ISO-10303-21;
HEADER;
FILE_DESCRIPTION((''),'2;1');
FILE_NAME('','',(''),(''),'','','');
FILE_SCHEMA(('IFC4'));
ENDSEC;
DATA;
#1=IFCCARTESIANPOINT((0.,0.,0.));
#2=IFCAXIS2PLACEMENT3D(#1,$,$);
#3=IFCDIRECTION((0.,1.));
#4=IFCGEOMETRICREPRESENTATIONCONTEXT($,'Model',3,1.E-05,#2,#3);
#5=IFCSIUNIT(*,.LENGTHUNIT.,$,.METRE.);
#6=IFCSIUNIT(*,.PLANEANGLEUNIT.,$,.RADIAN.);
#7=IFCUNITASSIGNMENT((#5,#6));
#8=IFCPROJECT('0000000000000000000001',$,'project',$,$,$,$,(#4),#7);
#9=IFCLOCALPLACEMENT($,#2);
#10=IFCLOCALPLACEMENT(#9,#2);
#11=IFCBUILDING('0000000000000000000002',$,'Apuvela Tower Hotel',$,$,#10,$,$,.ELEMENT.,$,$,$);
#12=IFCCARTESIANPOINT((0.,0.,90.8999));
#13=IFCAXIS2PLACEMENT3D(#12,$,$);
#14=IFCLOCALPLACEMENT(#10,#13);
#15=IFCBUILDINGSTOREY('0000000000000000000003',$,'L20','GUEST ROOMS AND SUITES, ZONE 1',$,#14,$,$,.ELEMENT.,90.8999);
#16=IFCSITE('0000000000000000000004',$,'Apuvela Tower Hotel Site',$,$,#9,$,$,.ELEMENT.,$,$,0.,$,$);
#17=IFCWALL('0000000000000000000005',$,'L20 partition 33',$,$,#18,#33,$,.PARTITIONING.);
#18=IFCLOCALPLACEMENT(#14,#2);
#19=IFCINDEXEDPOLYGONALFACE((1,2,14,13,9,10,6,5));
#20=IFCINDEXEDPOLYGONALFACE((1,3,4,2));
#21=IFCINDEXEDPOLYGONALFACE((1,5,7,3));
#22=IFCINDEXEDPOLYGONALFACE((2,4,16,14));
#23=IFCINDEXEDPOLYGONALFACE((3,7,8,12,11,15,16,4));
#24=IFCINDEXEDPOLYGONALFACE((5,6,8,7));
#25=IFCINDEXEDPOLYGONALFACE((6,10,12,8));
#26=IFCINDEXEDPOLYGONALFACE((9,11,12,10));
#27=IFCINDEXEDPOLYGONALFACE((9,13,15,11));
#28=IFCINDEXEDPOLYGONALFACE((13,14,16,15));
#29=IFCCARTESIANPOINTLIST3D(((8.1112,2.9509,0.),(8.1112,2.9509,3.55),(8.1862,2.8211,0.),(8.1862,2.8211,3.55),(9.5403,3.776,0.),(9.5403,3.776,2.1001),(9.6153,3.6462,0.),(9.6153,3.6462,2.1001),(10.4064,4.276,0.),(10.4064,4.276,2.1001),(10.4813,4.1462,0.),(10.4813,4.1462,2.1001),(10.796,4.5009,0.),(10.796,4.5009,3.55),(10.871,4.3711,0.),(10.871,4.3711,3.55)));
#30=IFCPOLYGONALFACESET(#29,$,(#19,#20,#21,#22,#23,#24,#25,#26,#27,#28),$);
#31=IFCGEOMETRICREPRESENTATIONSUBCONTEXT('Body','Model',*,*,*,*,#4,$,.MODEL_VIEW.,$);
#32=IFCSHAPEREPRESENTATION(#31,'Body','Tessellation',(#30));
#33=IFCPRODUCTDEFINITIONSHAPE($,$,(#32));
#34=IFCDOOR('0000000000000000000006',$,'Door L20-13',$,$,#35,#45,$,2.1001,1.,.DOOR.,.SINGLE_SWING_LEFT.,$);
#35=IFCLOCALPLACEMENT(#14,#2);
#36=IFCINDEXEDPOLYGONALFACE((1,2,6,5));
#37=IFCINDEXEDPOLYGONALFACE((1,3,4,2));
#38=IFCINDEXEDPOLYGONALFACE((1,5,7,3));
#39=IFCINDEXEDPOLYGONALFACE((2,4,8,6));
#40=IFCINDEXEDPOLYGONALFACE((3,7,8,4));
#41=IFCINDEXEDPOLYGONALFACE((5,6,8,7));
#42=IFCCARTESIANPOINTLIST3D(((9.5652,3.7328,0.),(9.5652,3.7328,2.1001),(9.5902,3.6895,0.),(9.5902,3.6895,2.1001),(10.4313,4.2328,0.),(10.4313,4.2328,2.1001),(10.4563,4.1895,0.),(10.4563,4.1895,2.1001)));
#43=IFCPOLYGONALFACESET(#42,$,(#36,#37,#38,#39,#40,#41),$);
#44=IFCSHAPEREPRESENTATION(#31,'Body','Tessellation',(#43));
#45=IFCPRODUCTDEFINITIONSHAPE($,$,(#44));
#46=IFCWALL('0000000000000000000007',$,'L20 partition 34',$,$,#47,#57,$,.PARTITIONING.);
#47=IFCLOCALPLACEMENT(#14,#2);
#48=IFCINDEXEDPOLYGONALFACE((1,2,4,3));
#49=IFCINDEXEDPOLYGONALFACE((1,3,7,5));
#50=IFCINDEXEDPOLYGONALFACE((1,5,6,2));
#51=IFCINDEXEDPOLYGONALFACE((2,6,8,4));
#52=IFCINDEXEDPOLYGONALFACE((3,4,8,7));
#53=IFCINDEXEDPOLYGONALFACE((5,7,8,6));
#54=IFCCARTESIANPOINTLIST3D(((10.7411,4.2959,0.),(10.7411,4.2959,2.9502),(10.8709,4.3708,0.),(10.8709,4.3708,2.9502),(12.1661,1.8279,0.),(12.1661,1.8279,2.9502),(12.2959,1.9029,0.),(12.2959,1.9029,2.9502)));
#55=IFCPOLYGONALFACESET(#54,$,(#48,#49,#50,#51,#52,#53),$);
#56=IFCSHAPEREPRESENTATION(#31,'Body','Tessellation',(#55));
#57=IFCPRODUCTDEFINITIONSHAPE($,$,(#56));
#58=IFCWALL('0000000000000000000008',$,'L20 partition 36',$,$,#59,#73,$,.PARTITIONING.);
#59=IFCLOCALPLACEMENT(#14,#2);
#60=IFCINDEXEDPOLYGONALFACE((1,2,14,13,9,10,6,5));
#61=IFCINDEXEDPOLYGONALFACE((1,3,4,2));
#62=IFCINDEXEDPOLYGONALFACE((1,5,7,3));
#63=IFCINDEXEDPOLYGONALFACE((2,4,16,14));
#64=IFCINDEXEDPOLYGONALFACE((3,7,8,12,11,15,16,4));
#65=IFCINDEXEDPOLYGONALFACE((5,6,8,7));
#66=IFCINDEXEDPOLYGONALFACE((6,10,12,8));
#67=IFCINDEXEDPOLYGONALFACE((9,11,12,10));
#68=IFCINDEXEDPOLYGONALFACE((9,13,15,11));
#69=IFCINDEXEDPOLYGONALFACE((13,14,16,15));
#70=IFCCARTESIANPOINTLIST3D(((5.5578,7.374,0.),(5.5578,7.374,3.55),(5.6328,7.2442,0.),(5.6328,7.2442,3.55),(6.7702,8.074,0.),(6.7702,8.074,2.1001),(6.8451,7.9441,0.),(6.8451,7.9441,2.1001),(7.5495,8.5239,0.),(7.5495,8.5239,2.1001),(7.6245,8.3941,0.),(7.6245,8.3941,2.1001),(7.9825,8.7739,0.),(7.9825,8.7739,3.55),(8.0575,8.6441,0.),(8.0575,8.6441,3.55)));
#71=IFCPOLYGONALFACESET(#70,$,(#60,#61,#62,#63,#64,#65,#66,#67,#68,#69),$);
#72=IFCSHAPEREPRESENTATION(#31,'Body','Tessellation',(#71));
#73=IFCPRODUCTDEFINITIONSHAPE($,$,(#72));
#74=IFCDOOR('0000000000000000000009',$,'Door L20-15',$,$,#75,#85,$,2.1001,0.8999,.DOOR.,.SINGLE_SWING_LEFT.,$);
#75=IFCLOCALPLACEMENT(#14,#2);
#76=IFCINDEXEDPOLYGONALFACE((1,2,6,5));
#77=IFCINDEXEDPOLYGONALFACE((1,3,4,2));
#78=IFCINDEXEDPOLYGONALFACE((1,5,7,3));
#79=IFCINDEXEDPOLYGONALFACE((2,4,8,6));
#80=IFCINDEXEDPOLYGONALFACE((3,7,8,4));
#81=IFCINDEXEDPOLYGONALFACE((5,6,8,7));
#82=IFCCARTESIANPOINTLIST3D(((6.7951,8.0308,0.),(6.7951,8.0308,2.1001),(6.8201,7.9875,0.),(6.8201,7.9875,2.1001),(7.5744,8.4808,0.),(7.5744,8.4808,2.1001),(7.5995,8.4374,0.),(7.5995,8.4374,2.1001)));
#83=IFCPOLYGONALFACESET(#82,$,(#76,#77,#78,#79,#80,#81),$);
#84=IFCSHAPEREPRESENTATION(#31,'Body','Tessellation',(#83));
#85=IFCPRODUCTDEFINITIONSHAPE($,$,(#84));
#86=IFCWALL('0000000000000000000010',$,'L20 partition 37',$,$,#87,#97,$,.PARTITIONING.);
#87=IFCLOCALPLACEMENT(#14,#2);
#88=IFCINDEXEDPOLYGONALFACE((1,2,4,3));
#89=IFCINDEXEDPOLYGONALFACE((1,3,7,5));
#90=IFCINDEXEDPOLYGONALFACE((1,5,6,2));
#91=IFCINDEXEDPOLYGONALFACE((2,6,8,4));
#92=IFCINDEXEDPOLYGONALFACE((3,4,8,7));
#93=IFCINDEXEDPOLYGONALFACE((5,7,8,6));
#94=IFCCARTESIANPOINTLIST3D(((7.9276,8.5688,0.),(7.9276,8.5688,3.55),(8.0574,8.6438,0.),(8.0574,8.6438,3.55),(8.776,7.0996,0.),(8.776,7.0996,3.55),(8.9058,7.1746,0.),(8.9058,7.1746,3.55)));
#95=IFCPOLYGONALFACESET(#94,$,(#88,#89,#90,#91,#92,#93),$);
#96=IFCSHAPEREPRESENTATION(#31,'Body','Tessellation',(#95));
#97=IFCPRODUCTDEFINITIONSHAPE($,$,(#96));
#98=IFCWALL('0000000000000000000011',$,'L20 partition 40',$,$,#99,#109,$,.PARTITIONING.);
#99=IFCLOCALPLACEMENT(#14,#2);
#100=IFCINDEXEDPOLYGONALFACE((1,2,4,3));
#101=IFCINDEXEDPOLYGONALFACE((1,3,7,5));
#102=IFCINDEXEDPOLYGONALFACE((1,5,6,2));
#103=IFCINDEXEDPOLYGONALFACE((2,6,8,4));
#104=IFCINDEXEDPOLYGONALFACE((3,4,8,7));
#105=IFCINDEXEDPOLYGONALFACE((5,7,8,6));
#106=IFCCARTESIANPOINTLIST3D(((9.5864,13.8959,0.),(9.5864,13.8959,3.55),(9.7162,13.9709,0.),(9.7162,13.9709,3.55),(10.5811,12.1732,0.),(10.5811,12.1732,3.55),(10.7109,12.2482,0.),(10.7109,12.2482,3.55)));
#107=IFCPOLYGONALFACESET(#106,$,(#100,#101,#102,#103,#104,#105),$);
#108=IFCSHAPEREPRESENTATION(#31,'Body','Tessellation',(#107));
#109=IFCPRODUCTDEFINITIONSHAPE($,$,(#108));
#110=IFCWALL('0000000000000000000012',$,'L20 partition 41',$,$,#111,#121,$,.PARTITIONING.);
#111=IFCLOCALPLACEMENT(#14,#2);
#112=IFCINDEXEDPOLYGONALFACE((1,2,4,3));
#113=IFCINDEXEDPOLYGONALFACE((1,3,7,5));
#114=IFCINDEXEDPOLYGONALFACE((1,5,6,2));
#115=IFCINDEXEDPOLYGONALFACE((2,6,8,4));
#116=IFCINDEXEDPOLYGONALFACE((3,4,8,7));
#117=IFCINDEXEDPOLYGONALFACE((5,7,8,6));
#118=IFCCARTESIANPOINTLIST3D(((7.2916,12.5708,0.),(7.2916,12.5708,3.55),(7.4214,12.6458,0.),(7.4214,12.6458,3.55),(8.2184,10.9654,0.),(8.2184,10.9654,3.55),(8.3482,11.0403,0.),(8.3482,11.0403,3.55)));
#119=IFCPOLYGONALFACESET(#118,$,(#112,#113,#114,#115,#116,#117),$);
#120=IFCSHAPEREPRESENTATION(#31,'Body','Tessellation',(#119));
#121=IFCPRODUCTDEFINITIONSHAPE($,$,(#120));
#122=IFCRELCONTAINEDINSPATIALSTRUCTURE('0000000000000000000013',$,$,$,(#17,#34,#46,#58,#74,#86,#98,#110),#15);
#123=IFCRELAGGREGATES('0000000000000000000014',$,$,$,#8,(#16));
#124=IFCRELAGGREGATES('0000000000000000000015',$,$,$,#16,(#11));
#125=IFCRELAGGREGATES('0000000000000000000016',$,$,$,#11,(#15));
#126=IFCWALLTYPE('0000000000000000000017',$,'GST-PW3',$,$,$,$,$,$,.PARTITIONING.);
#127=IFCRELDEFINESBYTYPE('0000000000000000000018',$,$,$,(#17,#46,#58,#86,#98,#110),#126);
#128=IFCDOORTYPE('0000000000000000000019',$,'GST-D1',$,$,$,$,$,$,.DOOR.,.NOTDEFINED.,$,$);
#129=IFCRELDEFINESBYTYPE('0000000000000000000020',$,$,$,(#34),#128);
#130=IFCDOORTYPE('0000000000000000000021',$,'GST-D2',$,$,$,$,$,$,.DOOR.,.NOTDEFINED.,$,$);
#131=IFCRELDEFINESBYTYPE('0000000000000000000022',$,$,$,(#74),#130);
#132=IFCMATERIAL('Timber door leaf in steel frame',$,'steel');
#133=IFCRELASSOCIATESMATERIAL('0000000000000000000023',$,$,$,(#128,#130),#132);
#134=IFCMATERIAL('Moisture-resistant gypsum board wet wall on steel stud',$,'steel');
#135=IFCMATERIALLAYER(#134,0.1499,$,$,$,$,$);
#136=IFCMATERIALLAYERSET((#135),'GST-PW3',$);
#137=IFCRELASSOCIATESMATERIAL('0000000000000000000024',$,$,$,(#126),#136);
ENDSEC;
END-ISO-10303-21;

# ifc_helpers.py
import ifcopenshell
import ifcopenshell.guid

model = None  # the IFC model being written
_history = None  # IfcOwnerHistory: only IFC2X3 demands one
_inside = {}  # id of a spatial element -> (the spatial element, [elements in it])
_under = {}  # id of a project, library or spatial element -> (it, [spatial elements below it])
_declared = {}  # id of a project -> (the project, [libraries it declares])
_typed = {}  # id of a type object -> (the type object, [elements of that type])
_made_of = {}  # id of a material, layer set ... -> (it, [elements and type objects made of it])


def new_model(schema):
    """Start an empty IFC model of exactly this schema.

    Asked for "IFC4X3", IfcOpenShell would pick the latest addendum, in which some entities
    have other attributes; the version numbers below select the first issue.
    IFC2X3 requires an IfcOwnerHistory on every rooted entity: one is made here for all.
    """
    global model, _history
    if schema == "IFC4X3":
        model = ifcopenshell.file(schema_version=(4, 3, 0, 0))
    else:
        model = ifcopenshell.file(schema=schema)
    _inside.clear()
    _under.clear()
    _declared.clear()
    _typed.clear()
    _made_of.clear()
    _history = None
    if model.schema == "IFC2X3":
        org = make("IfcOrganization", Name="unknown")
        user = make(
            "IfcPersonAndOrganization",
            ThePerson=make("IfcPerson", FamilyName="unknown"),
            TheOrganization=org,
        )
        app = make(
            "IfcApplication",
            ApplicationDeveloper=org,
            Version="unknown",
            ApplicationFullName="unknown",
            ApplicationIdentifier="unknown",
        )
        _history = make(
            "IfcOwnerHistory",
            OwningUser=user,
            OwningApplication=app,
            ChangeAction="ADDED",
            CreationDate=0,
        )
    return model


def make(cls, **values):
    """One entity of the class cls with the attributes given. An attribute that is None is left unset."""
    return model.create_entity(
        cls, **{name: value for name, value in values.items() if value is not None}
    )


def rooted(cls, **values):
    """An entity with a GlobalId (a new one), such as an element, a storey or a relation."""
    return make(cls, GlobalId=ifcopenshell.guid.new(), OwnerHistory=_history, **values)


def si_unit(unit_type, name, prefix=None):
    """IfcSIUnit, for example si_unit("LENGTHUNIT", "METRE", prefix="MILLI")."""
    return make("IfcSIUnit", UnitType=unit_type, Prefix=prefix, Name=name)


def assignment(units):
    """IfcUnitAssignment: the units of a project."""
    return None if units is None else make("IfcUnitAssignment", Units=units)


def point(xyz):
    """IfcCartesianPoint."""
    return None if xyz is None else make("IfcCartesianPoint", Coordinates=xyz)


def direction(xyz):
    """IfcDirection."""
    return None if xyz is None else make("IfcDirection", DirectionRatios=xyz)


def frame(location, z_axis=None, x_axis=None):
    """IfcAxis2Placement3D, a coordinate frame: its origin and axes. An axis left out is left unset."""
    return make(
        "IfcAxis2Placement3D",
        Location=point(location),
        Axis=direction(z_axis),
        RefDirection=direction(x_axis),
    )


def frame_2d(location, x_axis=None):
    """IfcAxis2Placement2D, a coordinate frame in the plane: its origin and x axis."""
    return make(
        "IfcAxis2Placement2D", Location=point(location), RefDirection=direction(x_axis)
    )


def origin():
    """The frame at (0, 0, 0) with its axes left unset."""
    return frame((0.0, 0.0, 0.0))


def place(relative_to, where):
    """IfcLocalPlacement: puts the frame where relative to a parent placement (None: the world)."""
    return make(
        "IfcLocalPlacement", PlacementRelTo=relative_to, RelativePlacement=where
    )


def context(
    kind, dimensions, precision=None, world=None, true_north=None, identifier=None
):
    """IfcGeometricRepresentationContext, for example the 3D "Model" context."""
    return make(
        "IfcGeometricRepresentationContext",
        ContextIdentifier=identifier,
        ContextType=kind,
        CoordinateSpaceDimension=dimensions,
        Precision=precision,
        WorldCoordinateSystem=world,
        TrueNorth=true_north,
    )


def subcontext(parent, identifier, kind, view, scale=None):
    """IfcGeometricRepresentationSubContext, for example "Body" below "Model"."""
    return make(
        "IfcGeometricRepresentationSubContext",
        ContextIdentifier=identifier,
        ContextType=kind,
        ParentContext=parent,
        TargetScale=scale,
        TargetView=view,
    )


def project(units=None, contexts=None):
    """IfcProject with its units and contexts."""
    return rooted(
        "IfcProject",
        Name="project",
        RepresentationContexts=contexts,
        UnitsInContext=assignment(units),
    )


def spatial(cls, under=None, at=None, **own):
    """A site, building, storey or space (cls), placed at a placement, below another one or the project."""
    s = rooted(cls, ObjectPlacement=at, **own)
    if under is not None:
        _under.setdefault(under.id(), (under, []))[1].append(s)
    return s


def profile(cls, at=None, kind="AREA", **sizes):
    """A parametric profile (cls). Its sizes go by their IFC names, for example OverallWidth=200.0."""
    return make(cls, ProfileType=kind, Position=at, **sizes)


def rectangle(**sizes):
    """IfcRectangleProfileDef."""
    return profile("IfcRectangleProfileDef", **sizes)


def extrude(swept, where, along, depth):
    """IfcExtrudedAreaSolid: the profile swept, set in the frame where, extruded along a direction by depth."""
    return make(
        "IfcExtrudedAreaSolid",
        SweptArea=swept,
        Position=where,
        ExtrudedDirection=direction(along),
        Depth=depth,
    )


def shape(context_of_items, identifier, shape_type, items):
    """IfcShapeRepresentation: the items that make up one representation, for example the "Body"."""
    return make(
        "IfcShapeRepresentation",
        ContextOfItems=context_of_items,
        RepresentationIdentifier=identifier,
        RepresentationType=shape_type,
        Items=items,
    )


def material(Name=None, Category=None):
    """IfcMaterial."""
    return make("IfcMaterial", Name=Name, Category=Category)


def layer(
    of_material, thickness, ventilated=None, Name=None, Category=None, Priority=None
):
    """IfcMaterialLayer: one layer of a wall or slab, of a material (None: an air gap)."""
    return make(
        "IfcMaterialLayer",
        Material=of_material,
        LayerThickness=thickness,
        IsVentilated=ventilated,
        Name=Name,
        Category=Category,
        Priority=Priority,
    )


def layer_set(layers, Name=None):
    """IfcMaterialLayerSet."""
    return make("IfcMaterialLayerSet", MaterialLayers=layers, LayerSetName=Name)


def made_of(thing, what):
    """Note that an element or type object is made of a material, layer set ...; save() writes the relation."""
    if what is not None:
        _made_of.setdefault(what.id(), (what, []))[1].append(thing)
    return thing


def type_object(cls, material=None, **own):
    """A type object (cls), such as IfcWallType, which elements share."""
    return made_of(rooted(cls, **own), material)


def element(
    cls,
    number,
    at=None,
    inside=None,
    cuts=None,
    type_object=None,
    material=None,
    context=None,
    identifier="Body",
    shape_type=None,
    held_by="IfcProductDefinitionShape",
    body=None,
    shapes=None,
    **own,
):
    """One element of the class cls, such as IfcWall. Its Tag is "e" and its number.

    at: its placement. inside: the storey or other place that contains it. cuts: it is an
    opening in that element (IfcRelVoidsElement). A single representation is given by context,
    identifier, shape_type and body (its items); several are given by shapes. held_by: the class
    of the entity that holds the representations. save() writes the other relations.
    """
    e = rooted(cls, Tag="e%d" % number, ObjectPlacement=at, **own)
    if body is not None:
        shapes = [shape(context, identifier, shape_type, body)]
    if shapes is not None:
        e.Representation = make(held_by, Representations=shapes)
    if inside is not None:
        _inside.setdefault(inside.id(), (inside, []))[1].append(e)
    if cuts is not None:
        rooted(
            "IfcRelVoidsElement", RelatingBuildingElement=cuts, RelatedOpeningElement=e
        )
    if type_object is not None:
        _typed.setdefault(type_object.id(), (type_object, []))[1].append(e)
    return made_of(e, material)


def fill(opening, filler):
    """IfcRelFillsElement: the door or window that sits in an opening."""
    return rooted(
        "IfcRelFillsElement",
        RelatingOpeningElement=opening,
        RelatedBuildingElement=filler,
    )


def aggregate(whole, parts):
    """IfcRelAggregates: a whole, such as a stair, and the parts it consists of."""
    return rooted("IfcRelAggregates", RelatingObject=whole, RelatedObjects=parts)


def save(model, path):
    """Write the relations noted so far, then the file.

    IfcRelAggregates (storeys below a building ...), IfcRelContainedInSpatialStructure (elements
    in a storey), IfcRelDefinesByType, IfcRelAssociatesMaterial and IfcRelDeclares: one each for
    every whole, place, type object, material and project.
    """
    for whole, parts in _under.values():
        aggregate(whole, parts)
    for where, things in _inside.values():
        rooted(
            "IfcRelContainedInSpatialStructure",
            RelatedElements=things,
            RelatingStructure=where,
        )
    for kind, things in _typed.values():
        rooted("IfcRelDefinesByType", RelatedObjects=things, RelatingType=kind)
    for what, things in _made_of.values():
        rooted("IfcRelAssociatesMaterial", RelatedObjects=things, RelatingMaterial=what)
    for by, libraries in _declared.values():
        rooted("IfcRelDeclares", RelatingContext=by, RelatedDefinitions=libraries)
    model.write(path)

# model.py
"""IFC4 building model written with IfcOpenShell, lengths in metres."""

from ifc_helpers import new_model, si_unit, direction, frame, frame_2d, origin, place, context, subcontext, project, spatial, rectangle, extrude, material, layer, layer_set, type_object, element, fill, save


model = new_model("IFC4")

# Units and contexts
model_context = context("Model", 3, precision=1e-05, world=origin(), true_north=direction((0.0, 1.0)))
body_context = subcontext(model_context, "Body", "Model", "MODEL_VIEW")
ifc_project = project(units=[si_unit("LENGTHUNIT", "METRE"), si_unit("PLANEANGLEUNIT", "RADIAN")], contexts=[model_context])

# Site, building, storey
site_placement = place(None, origin())
site = spatial("IfcSite", under=ifc_project, at=site_placement, Name="Apuvela Tower Hotel Site", CompositionType="ELEMENT", RefElevation=0.0)
building_placement = place(site_placement, origin())
building = spatial("IfcBuilding", under=site, at=building_placement, Name="Apuvela Tower Hotel", CompositionType="ELEMENT")
storey_placement = place(building_placement, frame((0.0, 0.0, 90.8999)))
storey = spatial("IfcBuildingStorey", under=building, at=storey_placement, Name="L20", Description="GUEST ROOMS AND SUITES, ZONE 1", CompositionType="ELEMENT", Elevation=90.8999)

# Shared definitions
ifc_material_1 = material(Name="Timber door leaf in steel frame", Category="steel")
door_type_1 = type_object("IfcDoorType", Name="GST-D1", OperationType="NOTDEFINED", PredefinedType="DOOR", material=ifc_material_1)
ifc_material_2 = material(Name="Moisture-resistant gypsum board wet wall on steel stud", Category="steel")
ifc_layer_1 = layer(ifc_material_2, 0.1499)
ifc_layer_set_1 = layer_set([ifc_layer_1], Name="GST-PW3")
wall_type_1 = type_object("IfcWallType", Name="GST-PW3", PredefinedType="PARTITIONING", material=ifc_layer_set_1)
door_type_2 = type_object("IfcDoorType", Name="GST-D2", OperationType="NOTDEFINED", PredefinedType="DOOR", material=ifc_material_1)

# Wall, opening, door
wall_1_placement = place(storey_placement, frame((10.8335, 4.436, 0.0), z_axis=(0.0, 0.0, 1.0), x_axis=(-0.86603, -0.499993, 0.0)))
wall_1 = element("IfcWall", 1, at=wall_1_placement, inside=storey, type_object=wall_type_1, Name="L20 partition 33", PredefinedType="PARTITIONING", context=body_context, shape_type="SweptSolid", body=[
    extrude(rectangle(XDim=3.1001, YDim=0.1499, at=frame_2d((1.55, 0.0))), origin(), (0.0, 0.0, 1.0), 3.55),
])
opening_1_placement = place(wall_1_placement, frame((0.45, 0.0, 0.0)))
opening_1 = element("IfcOpeningElement", 2, at=opening_1_placement, cuts=wall_1, PredefinedType="OPENING", context=body_context, shape_type="SweptSolid", body=[
    extrude(rectangle(XDim=1.0, YDim=2.1001, at=frame_2d((0.5, 1.05))), frame((0.0, 0.085, 0.0), z_axis=(0.0, -1.0, 0.0), x_axis=(1.0, 0.0, 0.0)), (0.0, 0.0, 1.0), 0.1699),
])
door_1_placement = place(opening_1_placement, origin())
door_1 = element("IfcDoor", 3, at=door_1_placement, inside=storey, type_object=door_type_1, Name="Door L20-13", OperationType="SINGLE_SWING_LEFT", OverallHeight=2.1001, OverallWidth=1.0, PredefinedType="DOOR", context=body_context, shape_type="SweptSolid", body=[
    extrude(rectangle(XDim=1.0, YDim=2.1001, at=frame_2d((0.5, 1.05))), frame((0.0, 0.0249, 0.0), z_axis=(0.0, -1.0, 0.0), x_axis=(1.0, 0.0, 0.0)), (0.0, 0.0, 1.0), 0.05),
])
fill(opening_1, door_1)

# Wall
wall_2_placement = place(storey_placement, frame((12.231, 1.8655, 0.0), z_axis=(0.0, 0.0, 1.0), x_axis=(-0.500036, 0.866004, 0.0)))
element("IfcWall", 4, at=wall_2_placement, inside=storey, type_object=wall_type_1, Name="L20 partition 34", PredefinedType="PARTITIONING", context=body_context, shape_type="SweptSolid", body=[
    extrude(rectangle(XDim=2.8499, YDim=0.1499, at=frame_2d((1.4248, 0.0))), origin(), (0.0, 0.0, 1.0), 2.9502),
])

# Wall, opening, door
wall_3_placement = place(storey_placement, frame((8.02, 8.709, 0.0), z_axis=(0.0, 0.0, 1.0), x_axis=(-0.866035, -0.499984, 0.0)))
wall_3 = element("IfcWall", 5, at=wall_3_placement, inside=storey, type_object=wall_type_1, Name="L20 partition 36", PredefinedType="PARTITIONING", context=body_context, shape_type="SweptSolid", body=[
    extrude(rectangle(XDim=2.7998, YDim=0.1499, at=frame_2d((1.3999, 0.0))), origin(), (0.0, 0.0, 1.0), 3.55),
])
opening_2_placement = place(wall_3_placement, frame((0.5, 0.0, 0.0)))
opening_2 = element("IfcOpeningElement", 6, at=opening_2_placement, cuts=wall_3, PredefinedType="OPENING", context=body_context, shape_type="SweptSolid", body=[
    extrude(rectangle(XDim=0.8999, YDim=2.1001, at=frame_2d((0.45, 1.05))), frame((0.0, 0.085, 0.0), z_axis=(0.0, -1.0, 0.0), x_axis=(1.0, 0.0, 0.0)), (0.0, 0.0, 1.0), 0.1699),
])
door_2_placement = place(opening_2_placement, origin())
door_2 = element("IfcDoor", 7, at=door_2_placement, inside=storey, type_object=door_type_2, Name="Door L20-15", OperationType="SINGLE_SWING_LEFT", OverallHeight=2.1001, OverallWidth=0.8999, PredefinedType="DOOR", context=body_context, shape_type="SweptSolid", body=[
    extrude(rectangle(XDim=0.8999, YDim=2.1001, at=frame_2d((0.45, 1.05))), frame((0.0, 0.0249, 0.0), z_axis=(0.0, -1.0, 0.0), x_axis=(1.0, 0.0, 0.0)), (0.0, 0.0, 1.0), 0.05),
])
fill(opening_2, door_2)

# Walls
wall_4_placement = place(storey_placement, frame((8.8408, 7.1372, 0.0), z_axis=(0.0, 0.0, 1.0), x_axis=(-0.500055, 0.865994, 0.0)))
element("IfcWall", 8, at=wall_4_placement, inside=storey, type_object=wall_type_1, Name="L20 partition 37", PredefinedType="PARTITIONING", context=body_context, shape_type="SweptSolid", body=[
    extrude(rectangle(XDim=1.6965, YDim=0.1499, at=frame_2d((0.8481, 0.0))), origin(), (0.0, 0.0, 1.0), 3.55),
])
wall_5_placement = place(storey_placement, frame((10.646, 12.2107, 0.0), z_axis=(0.0, 0.0, 1.0), x_axis=(-0.50002, 0.866014, 0.0)))
element("IfcWall", 9, at=wall_5_placement, inside=storey, type_object=wall_type_1, Name="L20 partition 40", PredefinedType="PARTITIONING", context=body_context, shape_type="SweptSolid", body=[
    extrude(rectangle(XDim=1.9893, YDim=0.1499, at=frame_2d((0.9946, 0.0))), origin(), (0.0, 0.0, 1.0), 3.55),
])
wall_6_placement = place(storey_placement, frame((8.2832, 11.0029, 0.0), z_axis=(0.0, 0.0, 1.0), x_axis=(-0.499935, 0.866063, 0.0)))
element("IfcWall", 10, at=wall_6_placement, inside=storey, type_object=wall_type_1, Name="L20 partition 41", PredefinedType="PARTITIONING", context=body_context, shape_type="SweptSolid", body=[
    extrude(rectangle(XDim=1.8538, YDim=0.1499, at=frame_2d((0.9268, 0.0))), origin(), (0.0, 0.0, 1.0), 3.55),
])

save(model, "model.ifc")
